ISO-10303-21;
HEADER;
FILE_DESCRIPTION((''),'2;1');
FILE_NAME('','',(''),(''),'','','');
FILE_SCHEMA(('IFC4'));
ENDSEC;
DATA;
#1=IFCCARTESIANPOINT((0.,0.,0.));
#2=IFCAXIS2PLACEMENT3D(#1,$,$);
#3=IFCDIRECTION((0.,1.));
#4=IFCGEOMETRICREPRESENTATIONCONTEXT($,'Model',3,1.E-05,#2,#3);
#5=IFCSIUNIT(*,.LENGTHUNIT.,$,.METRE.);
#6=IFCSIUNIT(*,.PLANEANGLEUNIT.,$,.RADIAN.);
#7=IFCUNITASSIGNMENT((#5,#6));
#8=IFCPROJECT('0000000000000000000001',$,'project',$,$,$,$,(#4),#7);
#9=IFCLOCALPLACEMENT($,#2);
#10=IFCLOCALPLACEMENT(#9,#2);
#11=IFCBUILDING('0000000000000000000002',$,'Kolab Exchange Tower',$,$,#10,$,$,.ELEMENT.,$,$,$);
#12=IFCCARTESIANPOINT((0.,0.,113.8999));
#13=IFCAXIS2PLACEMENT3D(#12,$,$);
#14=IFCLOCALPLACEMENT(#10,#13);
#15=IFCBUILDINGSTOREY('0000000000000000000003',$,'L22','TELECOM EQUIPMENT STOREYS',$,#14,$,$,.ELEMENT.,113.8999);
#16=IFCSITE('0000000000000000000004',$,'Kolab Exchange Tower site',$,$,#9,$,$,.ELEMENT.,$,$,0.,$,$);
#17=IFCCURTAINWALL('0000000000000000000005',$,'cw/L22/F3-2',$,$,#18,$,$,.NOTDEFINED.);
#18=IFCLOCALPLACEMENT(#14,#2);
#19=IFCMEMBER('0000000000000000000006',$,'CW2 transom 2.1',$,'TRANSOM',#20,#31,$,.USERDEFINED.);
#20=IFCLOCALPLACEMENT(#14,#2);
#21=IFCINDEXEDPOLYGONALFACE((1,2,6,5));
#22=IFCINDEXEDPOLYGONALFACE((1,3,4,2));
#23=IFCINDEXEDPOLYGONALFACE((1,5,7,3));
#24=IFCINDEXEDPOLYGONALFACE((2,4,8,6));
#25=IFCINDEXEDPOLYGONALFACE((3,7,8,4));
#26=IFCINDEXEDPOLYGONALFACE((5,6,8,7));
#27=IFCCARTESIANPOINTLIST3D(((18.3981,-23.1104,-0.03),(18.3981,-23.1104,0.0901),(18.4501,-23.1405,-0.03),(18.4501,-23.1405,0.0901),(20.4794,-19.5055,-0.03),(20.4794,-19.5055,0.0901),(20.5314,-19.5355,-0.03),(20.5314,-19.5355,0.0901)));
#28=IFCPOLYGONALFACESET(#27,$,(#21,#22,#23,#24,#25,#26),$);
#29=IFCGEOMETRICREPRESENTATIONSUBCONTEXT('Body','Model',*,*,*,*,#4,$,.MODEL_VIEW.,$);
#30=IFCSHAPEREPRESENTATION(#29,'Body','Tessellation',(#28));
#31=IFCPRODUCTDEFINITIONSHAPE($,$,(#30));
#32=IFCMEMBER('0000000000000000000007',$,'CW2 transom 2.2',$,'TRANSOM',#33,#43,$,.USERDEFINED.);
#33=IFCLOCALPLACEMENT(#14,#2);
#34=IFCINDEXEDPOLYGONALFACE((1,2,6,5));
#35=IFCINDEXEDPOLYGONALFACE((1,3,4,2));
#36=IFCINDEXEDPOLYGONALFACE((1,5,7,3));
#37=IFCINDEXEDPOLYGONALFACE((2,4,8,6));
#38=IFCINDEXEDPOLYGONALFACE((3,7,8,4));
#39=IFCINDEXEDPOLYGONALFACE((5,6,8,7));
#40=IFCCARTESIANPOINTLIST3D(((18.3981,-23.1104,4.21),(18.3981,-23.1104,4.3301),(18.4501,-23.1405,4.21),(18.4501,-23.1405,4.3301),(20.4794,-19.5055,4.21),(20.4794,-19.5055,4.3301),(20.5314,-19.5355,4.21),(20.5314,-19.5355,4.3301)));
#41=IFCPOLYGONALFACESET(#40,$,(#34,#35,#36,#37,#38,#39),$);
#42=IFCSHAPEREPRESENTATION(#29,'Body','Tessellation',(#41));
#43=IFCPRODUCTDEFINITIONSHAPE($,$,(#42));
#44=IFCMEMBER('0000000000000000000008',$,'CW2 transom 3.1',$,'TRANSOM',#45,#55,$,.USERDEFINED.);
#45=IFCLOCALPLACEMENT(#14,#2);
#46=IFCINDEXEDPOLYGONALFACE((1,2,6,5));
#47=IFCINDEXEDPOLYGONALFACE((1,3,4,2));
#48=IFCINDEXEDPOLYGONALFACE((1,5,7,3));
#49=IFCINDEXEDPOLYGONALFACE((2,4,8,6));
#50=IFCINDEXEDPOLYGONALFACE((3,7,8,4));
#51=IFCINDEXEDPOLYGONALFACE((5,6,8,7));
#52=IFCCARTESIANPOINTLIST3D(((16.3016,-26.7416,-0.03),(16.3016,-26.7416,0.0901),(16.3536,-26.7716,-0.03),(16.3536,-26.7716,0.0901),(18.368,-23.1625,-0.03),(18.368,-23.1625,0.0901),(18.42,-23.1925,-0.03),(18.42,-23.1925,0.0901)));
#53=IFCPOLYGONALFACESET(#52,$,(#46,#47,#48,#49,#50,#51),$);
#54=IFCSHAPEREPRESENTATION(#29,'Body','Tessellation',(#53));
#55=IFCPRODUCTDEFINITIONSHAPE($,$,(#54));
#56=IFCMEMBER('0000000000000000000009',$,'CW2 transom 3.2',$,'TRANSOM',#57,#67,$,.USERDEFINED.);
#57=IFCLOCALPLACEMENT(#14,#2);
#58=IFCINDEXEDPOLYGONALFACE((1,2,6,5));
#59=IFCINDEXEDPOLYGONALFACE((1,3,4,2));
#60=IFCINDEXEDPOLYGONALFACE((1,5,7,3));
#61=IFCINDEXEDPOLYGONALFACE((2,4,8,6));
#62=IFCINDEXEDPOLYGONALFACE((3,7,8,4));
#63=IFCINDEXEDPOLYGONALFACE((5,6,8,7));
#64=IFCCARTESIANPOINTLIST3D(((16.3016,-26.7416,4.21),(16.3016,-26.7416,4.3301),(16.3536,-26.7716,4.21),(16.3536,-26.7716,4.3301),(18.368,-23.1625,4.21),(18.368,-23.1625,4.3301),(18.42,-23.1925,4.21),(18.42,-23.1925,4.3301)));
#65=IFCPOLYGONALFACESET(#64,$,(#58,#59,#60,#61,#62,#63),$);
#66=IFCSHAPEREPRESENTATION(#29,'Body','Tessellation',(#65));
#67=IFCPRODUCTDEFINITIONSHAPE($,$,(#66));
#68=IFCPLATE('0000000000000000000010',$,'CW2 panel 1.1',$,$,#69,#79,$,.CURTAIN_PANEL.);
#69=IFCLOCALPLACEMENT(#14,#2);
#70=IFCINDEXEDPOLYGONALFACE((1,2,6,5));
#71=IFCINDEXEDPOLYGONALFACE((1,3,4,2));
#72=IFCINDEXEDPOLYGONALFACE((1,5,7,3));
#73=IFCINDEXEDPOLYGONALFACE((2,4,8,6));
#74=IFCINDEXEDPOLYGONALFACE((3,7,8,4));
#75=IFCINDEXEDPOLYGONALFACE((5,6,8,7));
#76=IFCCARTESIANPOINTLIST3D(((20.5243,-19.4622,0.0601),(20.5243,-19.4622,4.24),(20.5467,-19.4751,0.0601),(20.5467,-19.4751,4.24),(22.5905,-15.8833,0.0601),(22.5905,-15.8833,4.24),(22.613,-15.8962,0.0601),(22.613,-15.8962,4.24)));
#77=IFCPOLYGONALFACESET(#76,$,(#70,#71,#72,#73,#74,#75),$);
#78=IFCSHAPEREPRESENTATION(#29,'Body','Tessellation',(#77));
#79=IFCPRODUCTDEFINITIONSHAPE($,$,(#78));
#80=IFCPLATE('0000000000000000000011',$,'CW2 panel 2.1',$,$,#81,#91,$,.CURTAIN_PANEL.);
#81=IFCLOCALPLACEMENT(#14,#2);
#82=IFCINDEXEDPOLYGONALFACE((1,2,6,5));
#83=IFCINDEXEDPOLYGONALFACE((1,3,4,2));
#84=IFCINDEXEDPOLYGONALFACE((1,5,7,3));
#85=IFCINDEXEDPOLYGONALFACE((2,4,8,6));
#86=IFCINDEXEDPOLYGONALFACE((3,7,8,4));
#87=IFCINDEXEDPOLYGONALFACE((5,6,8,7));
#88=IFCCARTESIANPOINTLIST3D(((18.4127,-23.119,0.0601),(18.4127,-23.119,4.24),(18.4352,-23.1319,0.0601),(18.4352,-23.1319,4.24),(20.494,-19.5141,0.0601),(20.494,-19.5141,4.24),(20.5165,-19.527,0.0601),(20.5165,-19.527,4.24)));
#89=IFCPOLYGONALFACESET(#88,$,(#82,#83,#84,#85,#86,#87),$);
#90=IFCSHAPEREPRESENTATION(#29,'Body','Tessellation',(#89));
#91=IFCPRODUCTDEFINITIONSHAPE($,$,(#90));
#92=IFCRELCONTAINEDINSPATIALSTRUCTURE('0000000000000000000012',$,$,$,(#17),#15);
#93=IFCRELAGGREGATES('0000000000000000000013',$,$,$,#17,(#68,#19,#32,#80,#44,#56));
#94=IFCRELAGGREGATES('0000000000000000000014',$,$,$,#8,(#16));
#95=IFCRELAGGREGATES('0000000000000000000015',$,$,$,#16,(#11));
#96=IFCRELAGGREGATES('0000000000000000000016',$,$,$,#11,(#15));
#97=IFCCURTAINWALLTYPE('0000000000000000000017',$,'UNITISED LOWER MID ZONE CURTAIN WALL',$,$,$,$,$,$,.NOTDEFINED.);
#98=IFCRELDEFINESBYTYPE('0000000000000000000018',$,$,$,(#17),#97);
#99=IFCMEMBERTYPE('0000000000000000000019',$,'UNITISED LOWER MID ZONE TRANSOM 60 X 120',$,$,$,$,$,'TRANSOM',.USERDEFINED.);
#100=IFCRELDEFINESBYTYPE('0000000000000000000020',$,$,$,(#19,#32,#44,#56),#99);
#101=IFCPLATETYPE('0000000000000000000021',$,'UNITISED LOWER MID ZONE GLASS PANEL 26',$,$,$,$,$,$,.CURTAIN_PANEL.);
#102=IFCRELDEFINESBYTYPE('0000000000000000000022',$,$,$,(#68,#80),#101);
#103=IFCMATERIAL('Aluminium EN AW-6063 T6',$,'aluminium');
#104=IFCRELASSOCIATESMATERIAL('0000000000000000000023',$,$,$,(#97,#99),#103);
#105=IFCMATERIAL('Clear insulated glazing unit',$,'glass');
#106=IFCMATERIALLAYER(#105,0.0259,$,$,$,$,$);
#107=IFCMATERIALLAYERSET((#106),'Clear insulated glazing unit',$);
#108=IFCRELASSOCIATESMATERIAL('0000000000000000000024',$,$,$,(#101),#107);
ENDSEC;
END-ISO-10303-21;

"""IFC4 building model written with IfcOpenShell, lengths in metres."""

from ifc_helpers import new_model, si_unit, direction, frame, origin, origin_2d, place, context, subcontext, project, spatial, rectangle, extrude, material, layer, layer_set, material_profile, profile_set, type_object, element, aggregate, save


model = new_model("IFC4")

# Units and contexts
model_context = context("Model", 3, precision=1e-05, world=origin(), true_north=direction((0.0, 1.0)))
body_context = subcontext(model_context, "Body", "Model", "MODEL_VIEW")
ifc_project = project(units=[si_unit("LENGTHUNIT", "METRE"), si_unit("PLANEANGLEUNIT", "RADIAN")], contexts=[model_context])

# Site, building, storey
site_placement = place(None, origin())
site = spatial("IfcSite", under=ifc_project, at=site_placement, Name="Kolab Exchange Tower site", CompositionType="ELEMENT", RefElevation=0.0)
building_placement = place(site_placement, origin())
building = spatial("IfcBuilding", under=site, at=building_placement, Name="Kolab Exchange Tower", CompositionType="ELEMENT")
storey_placement = place(building_placement, frame((0.0, 0.0, 113.8999)))
storey = spatial("IfcBuildingStorey", under=building, at=storey_placement, Name="L22", Description="TELECOM EQUIPMENT STOREYS", CompositionType="ELEMENT", Elevation=113.8999)

# Curtain wall, members, plates
ifc_material_1 = material(Name="Aluminium EN AW-6063 T6", Category="aluminium")
curtain_wall_type = type_object("IfcCurtainWallType", Name="UNITISED LOWER MID ZONE CURTAIN WALL", PredefinedType="NOTDEFINED", material=ifc_material_1)
curtain_wall_placement = place(storey_placement, origin())
curtain_wall = element("IfcCurtainWall", 1, at=curtain_wall_placement, inside=storey, type_object=curtain_wall_type, Name="cw/L22/F3-2", PredefinedType="NOTDEFINED")
ifc_material_profile_1 = material_profile(ifc_material_1, rectangle(XDim=0.0601, YDim=0.1201, at=origin_2d()), Name="RECT 60X120")
ifc_profile_set_1 = profile_set([ifc_material_profile_1], Name="Aluminium EN AW-6063 T6")
member_type_1 = type_object("IfcMemberType", Name="UNITISED LOWER MID ZONE TRANSOM 60 X 120", ElementType="TRANSOM", PredefinedType="USERDEFINED", material=ifc_profile_set_1)
member_1_placement = place(storey_placement, frame((20.5054, -19.5205, 0.03), z_axis=(-0.499993, -0.866029, 0.0), x_axis=(0.866029, -0.499993, 0.0)))
member_1 = element("IfcMember", 2, at=member_1_placement, type_object=member_type_1, Name="CW2 transom 2.1", ObjectType="TRANSOM", PredefinedType="USERDEFINED", context=body_context, shape_type="SweptSolid", body=[
    extrude(rectangle(XDim=0.0601, YDim=0.1201, at=origin_2d()), origin(), (0.0, 0.0, 1.0), 4.1626),
])
member_2_placement = place(storey_placement, frame((20.5054, -19.5205, 4.27), z_axis=(-0.499993, -0.866029, 0.0), x_axis=(0.866029, -0.499993, 0.0)))
member_2 = element("IfcMember", 3, at=member_2_placement, type_object=member_type_1, Name="CW2 transom 2.2", ObjectType="TRANSOM", PredefinedType="USERDEFINED", context=body_context, shape_type="SweptSolid", body=[
    extrude(rectangle(XDim=0.0601, YDim=0.1201, at=origin_2d()), origin(), (0.0, 0.0, 1.0), 4.1626),
])
member_3_placement = place(storey_placement, frame((18.394, -23.1775, 0.03), z_axis=(-0.500002, -0.866024, 0.0), x_axis=(0.866024, -0.500002, 0.0)))
member_3 = element("IfcMember", 4, at=member_3_placement, type_object=member_type_1, Name="CW2 transom 3.1", ObjectType="TRANSOM", PredefinedType="USERDEFINED", context=body_context, shape_type="SweptSolid", body=[
    extrude(rectangle(XDim=0.0601, YDim=0.1201, at=origin_2d()), origin(), (0.0, 0.0, 1.0), 4.1328),
])
member_4_placement = place(storey_placement, frame((18.394, -23.1775, 4.27), z_axis=(-0.500002, -0.866024, 0.0), x_axis=(0.866024, -0.500002, 0.0)))
member_4 = element("IfcMember", 5, at=member_4_placement, type_object=member_type_1, Name="CW2 transom 3.2", ObjectType="TRANSOM", PredefinedType="USERDEFINED", context=body_context, shape_type="SweptSolid", body=[
    extrude(rectangle(XDim=0.0601, YDim=0.1201, at=origin_2d()), origin(), (0.0, 0.0, 1.0), 4.1328),
])
ifc_material_2 = material(Name="Clear insulated glazing unit", Category="glass")
ifc_layer = layer(ifc_material_2, 0.0259)
ifc_layer_set = layer_set([ifc_layer], Name="Clear insulated glazing unit")
plate_type = type_object("IfcPlateType", Name="UNITISED LOWER MID ZONE GLASS PANEL 26", PredefinedType="CURTAIN_PANEL", material=ifc_layer_set)
plate_1_placement = place(storey_placement, frame((21.5686, -17.6792, 0.0601), z_axis=(0.0, 0.0, 1.0), x_axis=(-0.5, -0.866025, 0.0)))
plate_1 = element("IfcPlate", 6, at=plate_1_placement, type_object=plate_type, Name="CW2 panel 1.1", PredefinedType="CURTAIN_PANEL", context=body_context, shape_type="SweptSolid", body=[
    extrude(rectangle(XDim=4.1326, YDim=0.0259, at=origin_2d()), origin(), (0.0, 0.0, 1.0), 4.1799),
])
plate_2_placement = place(storey_placement, frame((19.4646, -21.323, 0.0601), z_axis=(0.0, 0.0, 1.0), x_axis=(-0.5, -0.866025, 0.0)))
plate_2 = element("IfcPlate", 7, at=plate_2_placement, type_object=plate_type, Name="CW2 panel 2.1", PredefinedType="CURTAIN_PANEL", context=body_context, shape_type="SweptSolid", body=[
    extrude(rectangle(XDim=4.1626, YDim=0.0259, at=origin_2d()), origin(), (0.0, 0.0, 1.0), 4.1799),
])
aggregate(curtain_wall, [plate_1, member_1, member_2, plate_2, member_3, member_4])

save(model, "model.ifc")
